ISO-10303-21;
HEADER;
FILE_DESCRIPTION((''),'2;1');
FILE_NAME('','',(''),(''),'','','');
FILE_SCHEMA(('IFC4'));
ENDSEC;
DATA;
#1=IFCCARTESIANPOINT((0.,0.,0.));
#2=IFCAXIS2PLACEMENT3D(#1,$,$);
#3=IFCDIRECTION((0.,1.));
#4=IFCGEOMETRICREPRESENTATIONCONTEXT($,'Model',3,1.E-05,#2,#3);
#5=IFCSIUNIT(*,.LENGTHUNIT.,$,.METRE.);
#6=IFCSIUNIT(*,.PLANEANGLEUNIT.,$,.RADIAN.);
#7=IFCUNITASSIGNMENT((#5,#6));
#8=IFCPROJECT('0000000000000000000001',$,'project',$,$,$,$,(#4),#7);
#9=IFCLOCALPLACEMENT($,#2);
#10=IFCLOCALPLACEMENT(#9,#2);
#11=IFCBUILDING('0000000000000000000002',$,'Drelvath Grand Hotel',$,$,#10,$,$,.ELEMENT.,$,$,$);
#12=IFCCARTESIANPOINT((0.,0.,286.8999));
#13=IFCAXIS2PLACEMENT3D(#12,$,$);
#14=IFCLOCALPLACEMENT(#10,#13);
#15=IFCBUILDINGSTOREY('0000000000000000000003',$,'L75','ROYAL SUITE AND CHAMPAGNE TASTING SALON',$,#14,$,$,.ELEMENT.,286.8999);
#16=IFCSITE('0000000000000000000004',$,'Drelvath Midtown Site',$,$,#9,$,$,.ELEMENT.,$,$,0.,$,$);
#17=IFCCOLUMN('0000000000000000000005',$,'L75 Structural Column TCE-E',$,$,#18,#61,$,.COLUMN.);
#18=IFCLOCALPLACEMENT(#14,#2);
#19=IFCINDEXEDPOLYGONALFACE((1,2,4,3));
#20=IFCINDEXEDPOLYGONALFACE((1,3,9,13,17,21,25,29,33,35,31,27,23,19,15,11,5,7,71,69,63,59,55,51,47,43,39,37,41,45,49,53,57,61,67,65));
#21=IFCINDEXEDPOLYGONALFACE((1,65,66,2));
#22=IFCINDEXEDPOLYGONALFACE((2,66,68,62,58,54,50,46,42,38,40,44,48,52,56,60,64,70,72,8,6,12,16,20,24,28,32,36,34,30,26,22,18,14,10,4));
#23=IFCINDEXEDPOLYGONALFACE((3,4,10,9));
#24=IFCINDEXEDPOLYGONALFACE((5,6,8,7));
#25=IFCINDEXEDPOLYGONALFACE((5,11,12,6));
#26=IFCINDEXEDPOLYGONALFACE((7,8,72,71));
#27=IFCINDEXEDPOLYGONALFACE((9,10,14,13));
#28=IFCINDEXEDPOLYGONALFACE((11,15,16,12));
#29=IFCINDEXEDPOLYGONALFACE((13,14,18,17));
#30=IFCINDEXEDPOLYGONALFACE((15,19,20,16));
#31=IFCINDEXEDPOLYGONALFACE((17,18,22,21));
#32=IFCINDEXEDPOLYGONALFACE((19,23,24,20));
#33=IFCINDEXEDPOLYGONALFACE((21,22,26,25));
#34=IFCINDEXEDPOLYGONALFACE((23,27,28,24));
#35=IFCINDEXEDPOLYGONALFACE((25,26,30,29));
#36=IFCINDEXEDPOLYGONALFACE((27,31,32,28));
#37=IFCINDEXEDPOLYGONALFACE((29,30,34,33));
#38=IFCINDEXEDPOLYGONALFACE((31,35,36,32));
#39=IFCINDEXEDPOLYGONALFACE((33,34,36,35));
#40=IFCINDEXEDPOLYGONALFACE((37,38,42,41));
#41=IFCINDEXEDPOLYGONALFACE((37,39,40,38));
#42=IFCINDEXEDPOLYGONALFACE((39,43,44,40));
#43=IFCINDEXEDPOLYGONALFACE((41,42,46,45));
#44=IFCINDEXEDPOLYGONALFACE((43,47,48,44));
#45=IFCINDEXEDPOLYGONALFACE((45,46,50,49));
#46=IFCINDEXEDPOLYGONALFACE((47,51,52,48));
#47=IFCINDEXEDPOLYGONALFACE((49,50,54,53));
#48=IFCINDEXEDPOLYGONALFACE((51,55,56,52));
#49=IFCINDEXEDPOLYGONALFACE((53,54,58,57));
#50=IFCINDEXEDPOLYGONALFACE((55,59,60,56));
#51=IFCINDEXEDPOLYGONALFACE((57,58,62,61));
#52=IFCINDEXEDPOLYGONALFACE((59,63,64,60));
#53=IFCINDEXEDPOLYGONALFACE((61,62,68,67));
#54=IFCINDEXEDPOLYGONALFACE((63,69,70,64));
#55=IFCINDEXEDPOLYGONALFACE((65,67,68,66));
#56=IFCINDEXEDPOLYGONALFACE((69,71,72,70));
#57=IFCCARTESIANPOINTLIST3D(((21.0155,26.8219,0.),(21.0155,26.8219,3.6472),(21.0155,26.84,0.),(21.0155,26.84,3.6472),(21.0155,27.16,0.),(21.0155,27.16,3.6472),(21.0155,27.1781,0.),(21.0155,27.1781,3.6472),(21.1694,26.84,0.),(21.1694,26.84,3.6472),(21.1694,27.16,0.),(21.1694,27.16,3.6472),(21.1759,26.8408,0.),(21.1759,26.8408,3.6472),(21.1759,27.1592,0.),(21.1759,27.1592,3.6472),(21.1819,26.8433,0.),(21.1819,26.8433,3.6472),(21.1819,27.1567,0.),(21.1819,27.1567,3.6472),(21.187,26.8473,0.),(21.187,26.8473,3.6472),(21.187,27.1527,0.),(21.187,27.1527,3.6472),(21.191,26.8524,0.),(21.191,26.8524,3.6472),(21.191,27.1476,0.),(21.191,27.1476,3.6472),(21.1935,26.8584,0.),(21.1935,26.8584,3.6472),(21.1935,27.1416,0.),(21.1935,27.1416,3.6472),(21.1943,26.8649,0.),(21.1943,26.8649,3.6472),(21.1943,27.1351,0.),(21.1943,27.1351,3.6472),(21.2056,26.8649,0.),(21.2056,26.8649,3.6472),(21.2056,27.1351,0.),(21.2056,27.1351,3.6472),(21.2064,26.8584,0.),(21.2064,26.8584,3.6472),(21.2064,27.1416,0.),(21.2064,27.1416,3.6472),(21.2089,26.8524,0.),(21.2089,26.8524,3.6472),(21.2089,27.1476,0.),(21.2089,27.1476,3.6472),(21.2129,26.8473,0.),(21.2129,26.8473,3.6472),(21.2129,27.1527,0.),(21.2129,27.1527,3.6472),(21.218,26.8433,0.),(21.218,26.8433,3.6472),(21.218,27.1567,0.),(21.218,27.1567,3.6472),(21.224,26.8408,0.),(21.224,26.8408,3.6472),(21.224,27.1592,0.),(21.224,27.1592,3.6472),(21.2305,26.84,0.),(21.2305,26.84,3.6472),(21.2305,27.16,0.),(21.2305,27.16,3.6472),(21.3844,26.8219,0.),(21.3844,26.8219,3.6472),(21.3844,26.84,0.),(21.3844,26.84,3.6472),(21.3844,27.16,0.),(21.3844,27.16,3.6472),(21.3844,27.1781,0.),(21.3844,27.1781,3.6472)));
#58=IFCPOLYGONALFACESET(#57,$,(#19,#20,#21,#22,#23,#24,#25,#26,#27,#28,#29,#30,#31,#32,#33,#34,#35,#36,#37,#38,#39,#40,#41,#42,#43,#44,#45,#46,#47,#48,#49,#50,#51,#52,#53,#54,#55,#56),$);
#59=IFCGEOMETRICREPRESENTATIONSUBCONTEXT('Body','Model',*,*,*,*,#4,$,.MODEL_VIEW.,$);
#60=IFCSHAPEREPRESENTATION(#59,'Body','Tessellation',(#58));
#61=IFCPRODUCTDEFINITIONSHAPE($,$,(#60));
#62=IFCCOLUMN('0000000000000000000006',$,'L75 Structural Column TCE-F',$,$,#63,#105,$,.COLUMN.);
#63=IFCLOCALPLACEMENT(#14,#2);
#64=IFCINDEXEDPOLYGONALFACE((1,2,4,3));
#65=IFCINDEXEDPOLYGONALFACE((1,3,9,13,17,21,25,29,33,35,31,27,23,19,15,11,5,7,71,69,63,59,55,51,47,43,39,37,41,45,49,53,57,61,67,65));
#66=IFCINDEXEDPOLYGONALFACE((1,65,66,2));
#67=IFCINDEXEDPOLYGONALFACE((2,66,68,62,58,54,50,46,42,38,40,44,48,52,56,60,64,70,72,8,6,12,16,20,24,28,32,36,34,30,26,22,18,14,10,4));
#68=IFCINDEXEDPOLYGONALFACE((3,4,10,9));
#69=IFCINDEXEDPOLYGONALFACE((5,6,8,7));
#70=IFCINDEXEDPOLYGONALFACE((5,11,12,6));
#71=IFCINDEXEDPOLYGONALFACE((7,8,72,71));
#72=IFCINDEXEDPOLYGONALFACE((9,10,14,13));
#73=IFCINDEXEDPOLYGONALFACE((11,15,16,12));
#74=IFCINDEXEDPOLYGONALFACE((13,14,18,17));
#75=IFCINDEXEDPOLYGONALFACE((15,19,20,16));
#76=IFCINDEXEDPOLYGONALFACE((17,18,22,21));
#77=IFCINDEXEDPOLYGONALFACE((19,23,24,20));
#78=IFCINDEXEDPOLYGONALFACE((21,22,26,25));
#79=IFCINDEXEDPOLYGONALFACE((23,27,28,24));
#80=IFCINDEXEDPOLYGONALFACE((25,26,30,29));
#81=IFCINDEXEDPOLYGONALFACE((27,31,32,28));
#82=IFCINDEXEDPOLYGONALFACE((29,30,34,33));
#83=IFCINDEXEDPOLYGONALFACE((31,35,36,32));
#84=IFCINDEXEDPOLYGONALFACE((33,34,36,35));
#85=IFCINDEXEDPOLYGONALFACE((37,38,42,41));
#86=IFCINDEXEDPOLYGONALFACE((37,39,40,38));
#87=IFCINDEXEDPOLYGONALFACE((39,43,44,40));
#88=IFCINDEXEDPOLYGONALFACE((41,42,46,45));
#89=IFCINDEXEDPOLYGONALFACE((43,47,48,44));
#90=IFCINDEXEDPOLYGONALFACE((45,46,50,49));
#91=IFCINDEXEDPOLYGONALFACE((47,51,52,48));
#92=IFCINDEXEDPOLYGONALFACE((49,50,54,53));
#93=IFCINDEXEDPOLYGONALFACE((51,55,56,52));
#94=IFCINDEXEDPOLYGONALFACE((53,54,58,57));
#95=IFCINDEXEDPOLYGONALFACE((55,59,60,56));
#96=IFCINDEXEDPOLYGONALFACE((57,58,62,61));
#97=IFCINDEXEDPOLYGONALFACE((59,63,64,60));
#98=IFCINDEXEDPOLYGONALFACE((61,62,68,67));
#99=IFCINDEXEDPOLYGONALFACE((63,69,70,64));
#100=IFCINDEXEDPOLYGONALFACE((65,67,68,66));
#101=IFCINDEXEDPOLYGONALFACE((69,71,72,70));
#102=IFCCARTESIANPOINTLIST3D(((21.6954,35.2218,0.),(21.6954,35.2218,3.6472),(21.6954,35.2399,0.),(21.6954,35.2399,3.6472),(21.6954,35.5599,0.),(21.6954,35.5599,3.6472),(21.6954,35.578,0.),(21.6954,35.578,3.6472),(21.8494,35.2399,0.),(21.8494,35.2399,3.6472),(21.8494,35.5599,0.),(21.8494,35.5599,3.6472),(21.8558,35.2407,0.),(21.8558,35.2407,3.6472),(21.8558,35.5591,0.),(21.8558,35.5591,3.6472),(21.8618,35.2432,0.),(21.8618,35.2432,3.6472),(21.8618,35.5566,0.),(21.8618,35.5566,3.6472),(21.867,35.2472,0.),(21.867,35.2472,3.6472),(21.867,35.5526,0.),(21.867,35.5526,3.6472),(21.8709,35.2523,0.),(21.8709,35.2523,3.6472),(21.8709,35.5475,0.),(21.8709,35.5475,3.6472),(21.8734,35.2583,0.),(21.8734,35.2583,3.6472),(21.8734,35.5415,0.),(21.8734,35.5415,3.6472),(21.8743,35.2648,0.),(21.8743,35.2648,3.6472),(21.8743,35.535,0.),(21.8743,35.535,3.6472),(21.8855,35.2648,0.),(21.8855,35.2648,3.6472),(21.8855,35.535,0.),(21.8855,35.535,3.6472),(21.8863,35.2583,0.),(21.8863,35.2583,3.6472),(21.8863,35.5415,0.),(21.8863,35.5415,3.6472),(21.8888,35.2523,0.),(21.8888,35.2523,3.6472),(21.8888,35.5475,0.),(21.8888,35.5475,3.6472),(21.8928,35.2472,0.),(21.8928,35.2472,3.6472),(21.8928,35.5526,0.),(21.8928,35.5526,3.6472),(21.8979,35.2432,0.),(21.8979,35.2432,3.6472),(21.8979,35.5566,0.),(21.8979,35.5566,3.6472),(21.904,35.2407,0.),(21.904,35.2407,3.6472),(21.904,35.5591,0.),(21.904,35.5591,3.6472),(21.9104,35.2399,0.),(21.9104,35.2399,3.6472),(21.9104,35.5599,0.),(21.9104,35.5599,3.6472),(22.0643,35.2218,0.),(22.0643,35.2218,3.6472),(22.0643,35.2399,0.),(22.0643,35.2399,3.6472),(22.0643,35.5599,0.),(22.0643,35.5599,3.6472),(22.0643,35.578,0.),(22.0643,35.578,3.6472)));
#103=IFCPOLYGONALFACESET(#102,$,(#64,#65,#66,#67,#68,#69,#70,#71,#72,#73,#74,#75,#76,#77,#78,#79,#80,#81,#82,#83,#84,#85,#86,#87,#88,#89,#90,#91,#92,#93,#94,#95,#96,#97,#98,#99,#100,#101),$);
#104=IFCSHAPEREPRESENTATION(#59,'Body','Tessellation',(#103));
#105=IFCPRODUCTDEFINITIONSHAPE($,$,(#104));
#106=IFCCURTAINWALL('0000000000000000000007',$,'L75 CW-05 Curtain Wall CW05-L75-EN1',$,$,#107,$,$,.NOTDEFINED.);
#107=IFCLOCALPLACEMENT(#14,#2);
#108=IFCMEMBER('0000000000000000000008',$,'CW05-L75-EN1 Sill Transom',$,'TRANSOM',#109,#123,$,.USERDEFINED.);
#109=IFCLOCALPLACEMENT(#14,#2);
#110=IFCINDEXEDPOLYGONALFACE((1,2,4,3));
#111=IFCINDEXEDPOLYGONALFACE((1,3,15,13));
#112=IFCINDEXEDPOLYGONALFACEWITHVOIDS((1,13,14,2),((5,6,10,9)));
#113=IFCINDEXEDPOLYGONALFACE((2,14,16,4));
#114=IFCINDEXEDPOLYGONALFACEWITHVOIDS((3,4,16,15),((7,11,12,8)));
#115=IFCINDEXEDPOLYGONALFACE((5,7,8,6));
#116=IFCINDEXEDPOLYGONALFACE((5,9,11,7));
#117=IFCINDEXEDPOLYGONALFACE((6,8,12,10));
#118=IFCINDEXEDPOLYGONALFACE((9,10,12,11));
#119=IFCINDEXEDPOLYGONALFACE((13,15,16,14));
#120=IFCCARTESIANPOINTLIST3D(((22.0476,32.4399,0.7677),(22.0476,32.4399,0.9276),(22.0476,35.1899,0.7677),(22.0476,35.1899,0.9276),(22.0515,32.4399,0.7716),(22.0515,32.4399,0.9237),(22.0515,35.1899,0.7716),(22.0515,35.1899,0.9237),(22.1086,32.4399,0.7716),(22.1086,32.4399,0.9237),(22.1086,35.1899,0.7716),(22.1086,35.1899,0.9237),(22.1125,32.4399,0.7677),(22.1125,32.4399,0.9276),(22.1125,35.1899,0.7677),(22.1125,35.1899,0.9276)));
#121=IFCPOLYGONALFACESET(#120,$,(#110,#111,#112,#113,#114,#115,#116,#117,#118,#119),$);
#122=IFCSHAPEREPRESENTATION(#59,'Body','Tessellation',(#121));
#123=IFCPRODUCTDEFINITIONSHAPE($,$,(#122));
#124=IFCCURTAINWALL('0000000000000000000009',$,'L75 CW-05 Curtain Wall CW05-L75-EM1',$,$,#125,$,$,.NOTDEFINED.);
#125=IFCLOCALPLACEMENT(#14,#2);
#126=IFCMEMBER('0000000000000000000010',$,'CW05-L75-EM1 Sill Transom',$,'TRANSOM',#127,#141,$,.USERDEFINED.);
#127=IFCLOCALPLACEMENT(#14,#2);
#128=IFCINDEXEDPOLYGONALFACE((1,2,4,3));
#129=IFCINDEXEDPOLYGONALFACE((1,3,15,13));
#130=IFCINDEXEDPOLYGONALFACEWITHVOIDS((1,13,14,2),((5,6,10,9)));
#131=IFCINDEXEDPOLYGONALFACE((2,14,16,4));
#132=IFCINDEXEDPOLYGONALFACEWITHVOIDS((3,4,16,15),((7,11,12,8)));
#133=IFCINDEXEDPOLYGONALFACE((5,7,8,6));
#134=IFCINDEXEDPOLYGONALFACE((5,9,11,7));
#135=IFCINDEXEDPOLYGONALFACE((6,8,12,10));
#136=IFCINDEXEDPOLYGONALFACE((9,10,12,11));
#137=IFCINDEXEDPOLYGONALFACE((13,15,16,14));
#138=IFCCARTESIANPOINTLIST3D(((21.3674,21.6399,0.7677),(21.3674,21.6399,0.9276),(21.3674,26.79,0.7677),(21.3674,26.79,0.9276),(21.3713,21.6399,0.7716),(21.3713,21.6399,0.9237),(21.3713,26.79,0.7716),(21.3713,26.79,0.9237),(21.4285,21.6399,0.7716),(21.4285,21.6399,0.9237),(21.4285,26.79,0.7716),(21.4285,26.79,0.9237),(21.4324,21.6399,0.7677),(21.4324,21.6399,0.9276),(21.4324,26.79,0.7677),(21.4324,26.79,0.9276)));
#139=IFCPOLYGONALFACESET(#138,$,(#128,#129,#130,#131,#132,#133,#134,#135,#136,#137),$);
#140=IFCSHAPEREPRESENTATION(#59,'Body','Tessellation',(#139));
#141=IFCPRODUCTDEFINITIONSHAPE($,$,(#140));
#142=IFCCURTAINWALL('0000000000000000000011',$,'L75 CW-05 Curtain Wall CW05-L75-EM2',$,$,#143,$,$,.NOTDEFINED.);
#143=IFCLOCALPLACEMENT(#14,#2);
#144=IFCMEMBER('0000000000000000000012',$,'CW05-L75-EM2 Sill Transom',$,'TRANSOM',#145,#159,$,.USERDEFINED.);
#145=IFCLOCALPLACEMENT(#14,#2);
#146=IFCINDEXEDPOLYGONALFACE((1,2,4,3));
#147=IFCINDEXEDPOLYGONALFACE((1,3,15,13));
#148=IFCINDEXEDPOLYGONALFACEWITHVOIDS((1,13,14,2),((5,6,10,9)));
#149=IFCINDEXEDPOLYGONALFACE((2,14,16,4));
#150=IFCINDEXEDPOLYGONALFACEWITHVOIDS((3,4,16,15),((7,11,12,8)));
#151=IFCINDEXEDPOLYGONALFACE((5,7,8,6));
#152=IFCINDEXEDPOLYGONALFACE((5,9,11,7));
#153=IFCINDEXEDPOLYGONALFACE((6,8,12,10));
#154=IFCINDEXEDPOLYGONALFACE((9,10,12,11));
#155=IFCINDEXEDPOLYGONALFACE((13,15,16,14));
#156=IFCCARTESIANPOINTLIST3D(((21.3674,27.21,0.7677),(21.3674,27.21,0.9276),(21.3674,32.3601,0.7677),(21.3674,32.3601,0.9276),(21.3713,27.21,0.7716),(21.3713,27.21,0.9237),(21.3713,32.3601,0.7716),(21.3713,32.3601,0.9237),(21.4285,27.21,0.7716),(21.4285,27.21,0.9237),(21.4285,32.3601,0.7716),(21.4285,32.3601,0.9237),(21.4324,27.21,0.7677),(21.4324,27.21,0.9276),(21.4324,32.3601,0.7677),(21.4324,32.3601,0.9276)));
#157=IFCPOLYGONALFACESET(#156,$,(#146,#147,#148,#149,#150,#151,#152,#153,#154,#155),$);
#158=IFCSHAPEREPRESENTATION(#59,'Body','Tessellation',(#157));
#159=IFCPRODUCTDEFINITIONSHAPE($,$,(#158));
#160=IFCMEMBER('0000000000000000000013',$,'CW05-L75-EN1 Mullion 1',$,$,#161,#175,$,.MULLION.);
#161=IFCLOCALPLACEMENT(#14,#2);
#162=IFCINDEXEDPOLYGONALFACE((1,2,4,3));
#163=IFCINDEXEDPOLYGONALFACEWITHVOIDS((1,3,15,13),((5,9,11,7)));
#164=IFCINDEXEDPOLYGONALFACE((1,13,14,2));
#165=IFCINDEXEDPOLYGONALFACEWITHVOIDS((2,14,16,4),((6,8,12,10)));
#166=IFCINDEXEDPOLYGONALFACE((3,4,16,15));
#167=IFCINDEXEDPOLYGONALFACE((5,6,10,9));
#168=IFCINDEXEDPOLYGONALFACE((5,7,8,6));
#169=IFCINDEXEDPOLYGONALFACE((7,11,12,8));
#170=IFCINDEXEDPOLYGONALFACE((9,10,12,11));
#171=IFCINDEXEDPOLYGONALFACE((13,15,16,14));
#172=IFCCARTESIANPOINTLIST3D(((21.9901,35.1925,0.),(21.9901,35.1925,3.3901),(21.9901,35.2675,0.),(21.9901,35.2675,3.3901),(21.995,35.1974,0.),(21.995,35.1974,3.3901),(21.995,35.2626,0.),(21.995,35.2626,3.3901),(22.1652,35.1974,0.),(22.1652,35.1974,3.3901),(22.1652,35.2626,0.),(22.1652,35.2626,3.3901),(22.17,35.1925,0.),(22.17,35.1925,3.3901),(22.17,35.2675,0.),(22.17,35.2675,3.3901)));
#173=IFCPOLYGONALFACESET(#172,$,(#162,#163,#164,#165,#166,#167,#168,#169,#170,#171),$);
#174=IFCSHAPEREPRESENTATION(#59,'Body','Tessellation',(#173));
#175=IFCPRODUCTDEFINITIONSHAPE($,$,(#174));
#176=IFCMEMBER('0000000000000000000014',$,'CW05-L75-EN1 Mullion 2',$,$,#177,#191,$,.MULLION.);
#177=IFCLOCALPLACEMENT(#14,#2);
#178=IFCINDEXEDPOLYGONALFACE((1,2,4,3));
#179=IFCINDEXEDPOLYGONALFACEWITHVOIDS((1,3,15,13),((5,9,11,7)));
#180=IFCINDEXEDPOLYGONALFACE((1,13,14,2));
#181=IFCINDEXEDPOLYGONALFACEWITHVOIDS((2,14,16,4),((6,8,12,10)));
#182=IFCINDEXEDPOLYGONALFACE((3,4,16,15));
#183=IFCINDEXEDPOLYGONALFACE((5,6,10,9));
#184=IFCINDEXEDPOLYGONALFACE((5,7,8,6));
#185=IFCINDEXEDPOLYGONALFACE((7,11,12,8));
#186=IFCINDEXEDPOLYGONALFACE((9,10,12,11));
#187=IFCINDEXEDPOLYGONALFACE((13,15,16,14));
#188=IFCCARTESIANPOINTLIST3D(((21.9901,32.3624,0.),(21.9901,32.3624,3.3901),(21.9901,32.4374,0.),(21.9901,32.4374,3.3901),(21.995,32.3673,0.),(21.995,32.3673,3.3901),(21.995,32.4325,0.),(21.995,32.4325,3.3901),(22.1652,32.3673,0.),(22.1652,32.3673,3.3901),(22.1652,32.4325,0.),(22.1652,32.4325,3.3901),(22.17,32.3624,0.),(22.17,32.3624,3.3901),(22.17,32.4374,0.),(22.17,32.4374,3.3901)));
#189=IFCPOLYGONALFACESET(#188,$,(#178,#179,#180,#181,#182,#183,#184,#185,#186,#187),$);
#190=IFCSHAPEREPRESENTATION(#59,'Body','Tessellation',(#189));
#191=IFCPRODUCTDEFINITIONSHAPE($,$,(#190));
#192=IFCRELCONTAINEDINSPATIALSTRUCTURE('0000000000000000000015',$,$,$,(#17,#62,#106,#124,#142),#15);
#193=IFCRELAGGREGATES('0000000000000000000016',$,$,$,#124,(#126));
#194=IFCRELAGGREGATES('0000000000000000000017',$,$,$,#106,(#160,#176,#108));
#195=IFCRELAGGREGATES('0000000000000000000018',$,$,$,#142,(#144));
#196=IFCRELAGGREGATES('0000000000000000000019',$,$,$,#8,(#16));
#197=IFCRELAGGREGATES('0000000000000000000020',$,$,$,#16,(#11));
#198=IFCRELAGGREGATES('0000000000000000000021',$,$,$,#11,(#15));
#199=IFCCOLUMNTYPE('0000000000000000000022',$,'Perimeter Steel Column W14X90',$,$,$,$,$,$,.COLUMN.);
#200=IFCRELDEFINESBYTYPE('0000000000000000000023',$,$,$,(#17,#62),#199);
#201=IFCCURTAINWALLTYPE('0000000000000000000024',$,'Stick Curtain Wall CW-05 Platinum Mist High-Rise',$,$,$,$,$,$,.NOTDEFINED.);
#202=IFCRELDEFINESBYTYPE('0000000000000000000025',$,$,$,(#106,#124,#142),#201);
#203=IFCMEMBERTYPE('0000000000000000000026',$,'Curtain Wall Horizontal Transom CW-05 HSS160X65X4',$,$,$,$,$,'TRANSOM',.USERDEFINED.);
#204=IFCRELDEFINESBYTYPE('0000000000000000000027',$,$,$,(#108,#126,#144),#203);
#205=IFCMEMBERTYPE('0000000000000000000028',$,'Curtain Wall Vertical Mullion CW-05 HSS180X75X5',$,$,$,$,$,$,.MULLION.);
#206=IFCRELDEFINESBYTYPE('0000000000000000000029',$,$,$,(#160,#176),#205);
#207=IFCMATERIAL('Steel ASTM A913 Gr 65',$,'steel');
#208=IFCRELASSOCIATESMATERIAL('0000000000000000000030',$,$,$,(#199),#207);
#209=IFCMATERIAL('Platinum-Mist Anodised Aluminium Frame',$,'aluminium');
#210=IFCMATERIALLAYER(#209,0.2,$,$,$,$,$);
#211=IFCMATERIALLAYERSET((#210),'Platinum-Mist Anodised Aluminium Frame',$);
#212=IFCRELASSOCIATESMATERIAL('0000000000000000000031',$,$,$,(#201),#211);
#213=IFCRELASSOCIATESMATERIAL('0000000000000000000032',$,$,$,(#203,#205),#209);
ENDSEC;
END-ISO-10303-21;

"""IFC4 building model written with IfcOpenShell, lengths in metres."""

from ifc_helpers import new_model, si_unit, direction, frame, origin, origin_2d, place, context, subcontext, project, spatial, hollow_rectangle, i_section, extrude, material, layer, layer_set, material_profile, profile_set, type_object, element, aggregate, save


model = new_model("IFC4")

# Units and contexts
model_context = context("Model", 3, precision=1e-05, world=origin(), true_north=direction((0.0, 1.0)))
body_context = subcontext(model_context, "Body", "Model", "MODEL_VIEW")
ifc_project = project(units=[si_unit("LENGTHUNIT", "METRE"), si_unit("PLANEANGLEUNIT", "RADIAN")], contexts=[model_context])

# Site, building, storey
site_placement = place(None, origin())
site = spatial("IfcSite", under=ifc_project, at=site_placement, Name="Drelvath Midtown Site", CompositionType="ELEMENT", RefElevation=0.0)
building_placement = place(site_placement, origin())
building = spatial("IfcBuilding", under=site, at=building_placement, Name="Drelvath Grand Hotel", CompositionType="ELEMENT")
storey_placement = place(building_placement, frame((0.0, 0.0, 286.8999)))
storey = spatial("IfcBuildingStorey", under=building, at=storey_placement, Name="L75", Description="ROYAL SUITE AND CHAMPAGNE TASTING SALON", CompositionType="ELEMENT", Elevation=286.8999)

# Columns
ifc_material_1 = material(Name="Steel ASTM A913 Gr 65", Category="steel")
ifc_material_profile_1 = material_profile(ifc_material_1, i_section(OverallWidth=0.3689, OverallDepth=0.3562, WebThickness=0.0112, FlangeThickness=0.0181, FilletRadius=0.0249, at=origin_2d()), Name="W14X90")
ifc_profile_set_1 = profile_set([ifc_material_profile_1], Name="Steel ASTM A913 Gr 65")
column_type = type_object("IfcColumnType", Name="Perimeter Steel Column W14X90", PredefinedType="COLUMN", material=ifc_profile_set_1)
for number, where, z_axis, x_axis, name in (
    (1, (21.2, 27.0, 0.0), (0.0, 0.0, 1.0), (1.0, 0.0, 0.0), "L75 Structural Column TCE-E"),
    (2, (21.8799, 35.3999, 0.0), (0.0, 0.0, 1.0), (1.0, 0.0, 0.0), "L75 Structural Column TCE-F"),
):
    element("IfcColumn", number, at=place(storey_placement, frame(where, z_axis=z_axis, x_axis=x_axis)), inside=storey, type_object=column_type, Name=name, PredefinedType="COLUMN", context=body_context, shape_type="SweptSolid", body=[
        extrude(i_section(OverallWidth=0.3689, OverallDepth=0.3562, WebThickness=0.0112, FlangeThickness=0.0181, FilletRadius=0.0249, at=origin_2d()), origin(), (0.0, 0.0, 1.0), 3.6472),
    ])

# Curtain walls, members
ifc_material_2 = material(Name="Platinum-Mist Anodised Aluminium Frame", Category="aluminium")
ifc_layer_1 = layer(ifc_material_2, 0.2)
ifc_layer_set_1 = layer_set([ifc_layer_1], Name="Platinum-Mist Anodised Aluminium Frame")
curtain_wall_type = type_object("IfcCurtainWallType", Name="Stick Curtain Wall CW-05 Platinum Mist High-Rise", PredefinedType="NOTDEFINED", material=ifc_layer_set_1)
curtain_wall_1_placement = place(storey_placement, origin())
curtain_wall_1 = element("IfcCurtainWall", 3, at=curtain_wall_1_placement, inside=storey, type_object=curtain_wall_type, Name="L75 CW-05 Curtain Wall CW05-L75-EN1", PredefinedType="NOTDEFINED")
ifc_material_profile_2 = material_profile(ifc_material_2, hollow_rectangle(XDim=0.0649, YDim=0.1599, WallThickness=0.0039, at=origin_2d()), Name="HSS160X65X4")
ifc_profile_set_2 = profile_set([ifc_material_profile_2], Name="Platinum-Mist Anodised Aluminium Frame")
member_type_1 = type_object("IfcMemberType", Name="Curtain Wall Horizontal Transom CW-05 HSS160X65X4", ElementType="TRANSOM", PredefinedType="USERDEFINED", material=ifc_profile_set_2)
member_1_placement = place(storey_placement, frame((22.0801, 35.1899, 0.8477), z_axis=(0.0, -1.0, 0.0), x_axis=(1.0, 0.0, 0.0)))
member_1 = element("IfcMember", 4, at=member_1_placement, type_object=member_type_1, Name="CW05-L75-EN1 Sill Transom", ObjectType="TRANSOM", PredefinedType="USERDEFINED", context=body_context, shape_type="SweptSolid", body=[
    extrude(hollow_rectangle(XDim=0.0649, YDim=0.1599, WallThickness=0.0039, at=origin_2d()), origin(), (0.0, 0.0, 1.0), 2.75),
])
curtain_wall_2_placement = place(storey_placement, origin())
curtain_wall_2 = element("IfcCurtainWall", 5, at=curtain_wall_2_placement, inside=storey, type_object=curtain_wall_type, Name="L75 CW-05 Curtain Wall CW05-L75-EM1", PredefinedType="NOTDEFINED")
member_2_placement = place(storey_placement, frame((21.3999, 26.79, 0.8477), z_axis=(0.0, -1.0, 0.0), x_axis=(1.0, 0.0, 0.0)))
member_2 = element("IfcMember", 6, at=member_2_placement, type_object=member_type_1, Name="CW05-L75-EM1 Sill Transom", ObjectType="TRANSOM", PredefinedType="USERDEFINED", context=body_context, shape_type="SweptSolid", body=[
    extrude(hollow_rectangle(XDim=0.0649, YDim=0.1599, WallThickness=0.0039, at=origin_2d()), origin(), (0.0, 0.0, 1.0), 5.1501),
])
curtain_wall_3_placement = place(storey_placement, origin())
curtain_wall_3 = element("IfcCurtainWall", 7, at=curtain_wall_3_placement, inside=storey, type_object=curtain_wall_type, Name="L75 CW-05 Curtain Wall CW05-L75-EM2", PredefinedType="NOTDEFINED")
member_3_placement = place(storey_placement, frame((21.3999, 32.3601, 0.8477), z_axis=(0.0, -1.0, 0.0), x_axis=(1.0, 0.0, 0.0)))
member_3 = element("IfcMember", 8, at=member_3_placement, type_object=member_type_1, Name="CW05-L75-EM2 Sill Transom", ObjectType="TRANSOM", PredefinedType="USERDEFINED", context=body_context, shape_type="SweptSolid", body=[
    extrude(hollow_rectangle(XDim=0.0649, YDim=0.1599, WallThickness=0.0039, at=origin_2d()), origin(), (0.0, 0.0, 1.0), 5.1501),
])

# Members
ifc_material_profile_3 = material_profile(ifc_material_2, hollow_rectangle(XDim=0.075, YDim=0.1799, WallThickness=0.0049, at=origin_2d()), Name="HSS180X75X5")
ifc_profile_set_3 = profile_set([ifc_material_profile_3], Name="Platinum-Mist Anodised Aluminium Frame")
member_type_2 = type_object("IfcMemberType", Name="Curtain Wall Vertical Mullion CW-05 HSS180X75X5", PredefinedType="MULLION", material=ifc_profile_set_3)
member_4_placement = place(storey_placement, frame((22.0801, 35.23, 0.0), z_axis=(0.0, 0.0, 1.0), x_axis=(0.0, 1.0, 0.0)))
member_4 = element("IfcMember", 9, at=member_4_placement, type_object=member_type_2, Name="CW05-L75-EN1 Mullion 1", PredefinedType="MULLION", context=body_context, shape_type="SweptSolid", body=[
    extrude(hollow_rectangle(XDim=0.075, YDim=0.1799, WallThickness=0.0049, at=origin_2d()), origin(), (0.0, 0.0, 1.0), 3.3901),
])
member_5_placement = place(storey_placement, frame((22.0801, 32.3999, 0.0), z_axis=(0.0, 0.0, 1.0), x_axis=(0.0, 1.0, 0.0)))
member_5 = element("IfcMember", 10, at=member_5_placement, type_object=member_type_2, Name="CW05-L75-EN1 Mullion 2", PredefinedType="MULLION", context=body_context, shape_type="SweptSolid", body=[
    extrude(hollow_rectangle(XDim=0.075, YDim=0.1799, WallThickness=0.0049, at=origin_2d()), origin(), (0.0, 0.0, 1.0), 3.3901),
])

aggregate(curtain_wall_2, [member_2])

aggregate(curtain_wall_1, [member_4, member_5, member_1])
aggregate(curtain_wall_3, [member_3])

save(model, "model.ifc")
